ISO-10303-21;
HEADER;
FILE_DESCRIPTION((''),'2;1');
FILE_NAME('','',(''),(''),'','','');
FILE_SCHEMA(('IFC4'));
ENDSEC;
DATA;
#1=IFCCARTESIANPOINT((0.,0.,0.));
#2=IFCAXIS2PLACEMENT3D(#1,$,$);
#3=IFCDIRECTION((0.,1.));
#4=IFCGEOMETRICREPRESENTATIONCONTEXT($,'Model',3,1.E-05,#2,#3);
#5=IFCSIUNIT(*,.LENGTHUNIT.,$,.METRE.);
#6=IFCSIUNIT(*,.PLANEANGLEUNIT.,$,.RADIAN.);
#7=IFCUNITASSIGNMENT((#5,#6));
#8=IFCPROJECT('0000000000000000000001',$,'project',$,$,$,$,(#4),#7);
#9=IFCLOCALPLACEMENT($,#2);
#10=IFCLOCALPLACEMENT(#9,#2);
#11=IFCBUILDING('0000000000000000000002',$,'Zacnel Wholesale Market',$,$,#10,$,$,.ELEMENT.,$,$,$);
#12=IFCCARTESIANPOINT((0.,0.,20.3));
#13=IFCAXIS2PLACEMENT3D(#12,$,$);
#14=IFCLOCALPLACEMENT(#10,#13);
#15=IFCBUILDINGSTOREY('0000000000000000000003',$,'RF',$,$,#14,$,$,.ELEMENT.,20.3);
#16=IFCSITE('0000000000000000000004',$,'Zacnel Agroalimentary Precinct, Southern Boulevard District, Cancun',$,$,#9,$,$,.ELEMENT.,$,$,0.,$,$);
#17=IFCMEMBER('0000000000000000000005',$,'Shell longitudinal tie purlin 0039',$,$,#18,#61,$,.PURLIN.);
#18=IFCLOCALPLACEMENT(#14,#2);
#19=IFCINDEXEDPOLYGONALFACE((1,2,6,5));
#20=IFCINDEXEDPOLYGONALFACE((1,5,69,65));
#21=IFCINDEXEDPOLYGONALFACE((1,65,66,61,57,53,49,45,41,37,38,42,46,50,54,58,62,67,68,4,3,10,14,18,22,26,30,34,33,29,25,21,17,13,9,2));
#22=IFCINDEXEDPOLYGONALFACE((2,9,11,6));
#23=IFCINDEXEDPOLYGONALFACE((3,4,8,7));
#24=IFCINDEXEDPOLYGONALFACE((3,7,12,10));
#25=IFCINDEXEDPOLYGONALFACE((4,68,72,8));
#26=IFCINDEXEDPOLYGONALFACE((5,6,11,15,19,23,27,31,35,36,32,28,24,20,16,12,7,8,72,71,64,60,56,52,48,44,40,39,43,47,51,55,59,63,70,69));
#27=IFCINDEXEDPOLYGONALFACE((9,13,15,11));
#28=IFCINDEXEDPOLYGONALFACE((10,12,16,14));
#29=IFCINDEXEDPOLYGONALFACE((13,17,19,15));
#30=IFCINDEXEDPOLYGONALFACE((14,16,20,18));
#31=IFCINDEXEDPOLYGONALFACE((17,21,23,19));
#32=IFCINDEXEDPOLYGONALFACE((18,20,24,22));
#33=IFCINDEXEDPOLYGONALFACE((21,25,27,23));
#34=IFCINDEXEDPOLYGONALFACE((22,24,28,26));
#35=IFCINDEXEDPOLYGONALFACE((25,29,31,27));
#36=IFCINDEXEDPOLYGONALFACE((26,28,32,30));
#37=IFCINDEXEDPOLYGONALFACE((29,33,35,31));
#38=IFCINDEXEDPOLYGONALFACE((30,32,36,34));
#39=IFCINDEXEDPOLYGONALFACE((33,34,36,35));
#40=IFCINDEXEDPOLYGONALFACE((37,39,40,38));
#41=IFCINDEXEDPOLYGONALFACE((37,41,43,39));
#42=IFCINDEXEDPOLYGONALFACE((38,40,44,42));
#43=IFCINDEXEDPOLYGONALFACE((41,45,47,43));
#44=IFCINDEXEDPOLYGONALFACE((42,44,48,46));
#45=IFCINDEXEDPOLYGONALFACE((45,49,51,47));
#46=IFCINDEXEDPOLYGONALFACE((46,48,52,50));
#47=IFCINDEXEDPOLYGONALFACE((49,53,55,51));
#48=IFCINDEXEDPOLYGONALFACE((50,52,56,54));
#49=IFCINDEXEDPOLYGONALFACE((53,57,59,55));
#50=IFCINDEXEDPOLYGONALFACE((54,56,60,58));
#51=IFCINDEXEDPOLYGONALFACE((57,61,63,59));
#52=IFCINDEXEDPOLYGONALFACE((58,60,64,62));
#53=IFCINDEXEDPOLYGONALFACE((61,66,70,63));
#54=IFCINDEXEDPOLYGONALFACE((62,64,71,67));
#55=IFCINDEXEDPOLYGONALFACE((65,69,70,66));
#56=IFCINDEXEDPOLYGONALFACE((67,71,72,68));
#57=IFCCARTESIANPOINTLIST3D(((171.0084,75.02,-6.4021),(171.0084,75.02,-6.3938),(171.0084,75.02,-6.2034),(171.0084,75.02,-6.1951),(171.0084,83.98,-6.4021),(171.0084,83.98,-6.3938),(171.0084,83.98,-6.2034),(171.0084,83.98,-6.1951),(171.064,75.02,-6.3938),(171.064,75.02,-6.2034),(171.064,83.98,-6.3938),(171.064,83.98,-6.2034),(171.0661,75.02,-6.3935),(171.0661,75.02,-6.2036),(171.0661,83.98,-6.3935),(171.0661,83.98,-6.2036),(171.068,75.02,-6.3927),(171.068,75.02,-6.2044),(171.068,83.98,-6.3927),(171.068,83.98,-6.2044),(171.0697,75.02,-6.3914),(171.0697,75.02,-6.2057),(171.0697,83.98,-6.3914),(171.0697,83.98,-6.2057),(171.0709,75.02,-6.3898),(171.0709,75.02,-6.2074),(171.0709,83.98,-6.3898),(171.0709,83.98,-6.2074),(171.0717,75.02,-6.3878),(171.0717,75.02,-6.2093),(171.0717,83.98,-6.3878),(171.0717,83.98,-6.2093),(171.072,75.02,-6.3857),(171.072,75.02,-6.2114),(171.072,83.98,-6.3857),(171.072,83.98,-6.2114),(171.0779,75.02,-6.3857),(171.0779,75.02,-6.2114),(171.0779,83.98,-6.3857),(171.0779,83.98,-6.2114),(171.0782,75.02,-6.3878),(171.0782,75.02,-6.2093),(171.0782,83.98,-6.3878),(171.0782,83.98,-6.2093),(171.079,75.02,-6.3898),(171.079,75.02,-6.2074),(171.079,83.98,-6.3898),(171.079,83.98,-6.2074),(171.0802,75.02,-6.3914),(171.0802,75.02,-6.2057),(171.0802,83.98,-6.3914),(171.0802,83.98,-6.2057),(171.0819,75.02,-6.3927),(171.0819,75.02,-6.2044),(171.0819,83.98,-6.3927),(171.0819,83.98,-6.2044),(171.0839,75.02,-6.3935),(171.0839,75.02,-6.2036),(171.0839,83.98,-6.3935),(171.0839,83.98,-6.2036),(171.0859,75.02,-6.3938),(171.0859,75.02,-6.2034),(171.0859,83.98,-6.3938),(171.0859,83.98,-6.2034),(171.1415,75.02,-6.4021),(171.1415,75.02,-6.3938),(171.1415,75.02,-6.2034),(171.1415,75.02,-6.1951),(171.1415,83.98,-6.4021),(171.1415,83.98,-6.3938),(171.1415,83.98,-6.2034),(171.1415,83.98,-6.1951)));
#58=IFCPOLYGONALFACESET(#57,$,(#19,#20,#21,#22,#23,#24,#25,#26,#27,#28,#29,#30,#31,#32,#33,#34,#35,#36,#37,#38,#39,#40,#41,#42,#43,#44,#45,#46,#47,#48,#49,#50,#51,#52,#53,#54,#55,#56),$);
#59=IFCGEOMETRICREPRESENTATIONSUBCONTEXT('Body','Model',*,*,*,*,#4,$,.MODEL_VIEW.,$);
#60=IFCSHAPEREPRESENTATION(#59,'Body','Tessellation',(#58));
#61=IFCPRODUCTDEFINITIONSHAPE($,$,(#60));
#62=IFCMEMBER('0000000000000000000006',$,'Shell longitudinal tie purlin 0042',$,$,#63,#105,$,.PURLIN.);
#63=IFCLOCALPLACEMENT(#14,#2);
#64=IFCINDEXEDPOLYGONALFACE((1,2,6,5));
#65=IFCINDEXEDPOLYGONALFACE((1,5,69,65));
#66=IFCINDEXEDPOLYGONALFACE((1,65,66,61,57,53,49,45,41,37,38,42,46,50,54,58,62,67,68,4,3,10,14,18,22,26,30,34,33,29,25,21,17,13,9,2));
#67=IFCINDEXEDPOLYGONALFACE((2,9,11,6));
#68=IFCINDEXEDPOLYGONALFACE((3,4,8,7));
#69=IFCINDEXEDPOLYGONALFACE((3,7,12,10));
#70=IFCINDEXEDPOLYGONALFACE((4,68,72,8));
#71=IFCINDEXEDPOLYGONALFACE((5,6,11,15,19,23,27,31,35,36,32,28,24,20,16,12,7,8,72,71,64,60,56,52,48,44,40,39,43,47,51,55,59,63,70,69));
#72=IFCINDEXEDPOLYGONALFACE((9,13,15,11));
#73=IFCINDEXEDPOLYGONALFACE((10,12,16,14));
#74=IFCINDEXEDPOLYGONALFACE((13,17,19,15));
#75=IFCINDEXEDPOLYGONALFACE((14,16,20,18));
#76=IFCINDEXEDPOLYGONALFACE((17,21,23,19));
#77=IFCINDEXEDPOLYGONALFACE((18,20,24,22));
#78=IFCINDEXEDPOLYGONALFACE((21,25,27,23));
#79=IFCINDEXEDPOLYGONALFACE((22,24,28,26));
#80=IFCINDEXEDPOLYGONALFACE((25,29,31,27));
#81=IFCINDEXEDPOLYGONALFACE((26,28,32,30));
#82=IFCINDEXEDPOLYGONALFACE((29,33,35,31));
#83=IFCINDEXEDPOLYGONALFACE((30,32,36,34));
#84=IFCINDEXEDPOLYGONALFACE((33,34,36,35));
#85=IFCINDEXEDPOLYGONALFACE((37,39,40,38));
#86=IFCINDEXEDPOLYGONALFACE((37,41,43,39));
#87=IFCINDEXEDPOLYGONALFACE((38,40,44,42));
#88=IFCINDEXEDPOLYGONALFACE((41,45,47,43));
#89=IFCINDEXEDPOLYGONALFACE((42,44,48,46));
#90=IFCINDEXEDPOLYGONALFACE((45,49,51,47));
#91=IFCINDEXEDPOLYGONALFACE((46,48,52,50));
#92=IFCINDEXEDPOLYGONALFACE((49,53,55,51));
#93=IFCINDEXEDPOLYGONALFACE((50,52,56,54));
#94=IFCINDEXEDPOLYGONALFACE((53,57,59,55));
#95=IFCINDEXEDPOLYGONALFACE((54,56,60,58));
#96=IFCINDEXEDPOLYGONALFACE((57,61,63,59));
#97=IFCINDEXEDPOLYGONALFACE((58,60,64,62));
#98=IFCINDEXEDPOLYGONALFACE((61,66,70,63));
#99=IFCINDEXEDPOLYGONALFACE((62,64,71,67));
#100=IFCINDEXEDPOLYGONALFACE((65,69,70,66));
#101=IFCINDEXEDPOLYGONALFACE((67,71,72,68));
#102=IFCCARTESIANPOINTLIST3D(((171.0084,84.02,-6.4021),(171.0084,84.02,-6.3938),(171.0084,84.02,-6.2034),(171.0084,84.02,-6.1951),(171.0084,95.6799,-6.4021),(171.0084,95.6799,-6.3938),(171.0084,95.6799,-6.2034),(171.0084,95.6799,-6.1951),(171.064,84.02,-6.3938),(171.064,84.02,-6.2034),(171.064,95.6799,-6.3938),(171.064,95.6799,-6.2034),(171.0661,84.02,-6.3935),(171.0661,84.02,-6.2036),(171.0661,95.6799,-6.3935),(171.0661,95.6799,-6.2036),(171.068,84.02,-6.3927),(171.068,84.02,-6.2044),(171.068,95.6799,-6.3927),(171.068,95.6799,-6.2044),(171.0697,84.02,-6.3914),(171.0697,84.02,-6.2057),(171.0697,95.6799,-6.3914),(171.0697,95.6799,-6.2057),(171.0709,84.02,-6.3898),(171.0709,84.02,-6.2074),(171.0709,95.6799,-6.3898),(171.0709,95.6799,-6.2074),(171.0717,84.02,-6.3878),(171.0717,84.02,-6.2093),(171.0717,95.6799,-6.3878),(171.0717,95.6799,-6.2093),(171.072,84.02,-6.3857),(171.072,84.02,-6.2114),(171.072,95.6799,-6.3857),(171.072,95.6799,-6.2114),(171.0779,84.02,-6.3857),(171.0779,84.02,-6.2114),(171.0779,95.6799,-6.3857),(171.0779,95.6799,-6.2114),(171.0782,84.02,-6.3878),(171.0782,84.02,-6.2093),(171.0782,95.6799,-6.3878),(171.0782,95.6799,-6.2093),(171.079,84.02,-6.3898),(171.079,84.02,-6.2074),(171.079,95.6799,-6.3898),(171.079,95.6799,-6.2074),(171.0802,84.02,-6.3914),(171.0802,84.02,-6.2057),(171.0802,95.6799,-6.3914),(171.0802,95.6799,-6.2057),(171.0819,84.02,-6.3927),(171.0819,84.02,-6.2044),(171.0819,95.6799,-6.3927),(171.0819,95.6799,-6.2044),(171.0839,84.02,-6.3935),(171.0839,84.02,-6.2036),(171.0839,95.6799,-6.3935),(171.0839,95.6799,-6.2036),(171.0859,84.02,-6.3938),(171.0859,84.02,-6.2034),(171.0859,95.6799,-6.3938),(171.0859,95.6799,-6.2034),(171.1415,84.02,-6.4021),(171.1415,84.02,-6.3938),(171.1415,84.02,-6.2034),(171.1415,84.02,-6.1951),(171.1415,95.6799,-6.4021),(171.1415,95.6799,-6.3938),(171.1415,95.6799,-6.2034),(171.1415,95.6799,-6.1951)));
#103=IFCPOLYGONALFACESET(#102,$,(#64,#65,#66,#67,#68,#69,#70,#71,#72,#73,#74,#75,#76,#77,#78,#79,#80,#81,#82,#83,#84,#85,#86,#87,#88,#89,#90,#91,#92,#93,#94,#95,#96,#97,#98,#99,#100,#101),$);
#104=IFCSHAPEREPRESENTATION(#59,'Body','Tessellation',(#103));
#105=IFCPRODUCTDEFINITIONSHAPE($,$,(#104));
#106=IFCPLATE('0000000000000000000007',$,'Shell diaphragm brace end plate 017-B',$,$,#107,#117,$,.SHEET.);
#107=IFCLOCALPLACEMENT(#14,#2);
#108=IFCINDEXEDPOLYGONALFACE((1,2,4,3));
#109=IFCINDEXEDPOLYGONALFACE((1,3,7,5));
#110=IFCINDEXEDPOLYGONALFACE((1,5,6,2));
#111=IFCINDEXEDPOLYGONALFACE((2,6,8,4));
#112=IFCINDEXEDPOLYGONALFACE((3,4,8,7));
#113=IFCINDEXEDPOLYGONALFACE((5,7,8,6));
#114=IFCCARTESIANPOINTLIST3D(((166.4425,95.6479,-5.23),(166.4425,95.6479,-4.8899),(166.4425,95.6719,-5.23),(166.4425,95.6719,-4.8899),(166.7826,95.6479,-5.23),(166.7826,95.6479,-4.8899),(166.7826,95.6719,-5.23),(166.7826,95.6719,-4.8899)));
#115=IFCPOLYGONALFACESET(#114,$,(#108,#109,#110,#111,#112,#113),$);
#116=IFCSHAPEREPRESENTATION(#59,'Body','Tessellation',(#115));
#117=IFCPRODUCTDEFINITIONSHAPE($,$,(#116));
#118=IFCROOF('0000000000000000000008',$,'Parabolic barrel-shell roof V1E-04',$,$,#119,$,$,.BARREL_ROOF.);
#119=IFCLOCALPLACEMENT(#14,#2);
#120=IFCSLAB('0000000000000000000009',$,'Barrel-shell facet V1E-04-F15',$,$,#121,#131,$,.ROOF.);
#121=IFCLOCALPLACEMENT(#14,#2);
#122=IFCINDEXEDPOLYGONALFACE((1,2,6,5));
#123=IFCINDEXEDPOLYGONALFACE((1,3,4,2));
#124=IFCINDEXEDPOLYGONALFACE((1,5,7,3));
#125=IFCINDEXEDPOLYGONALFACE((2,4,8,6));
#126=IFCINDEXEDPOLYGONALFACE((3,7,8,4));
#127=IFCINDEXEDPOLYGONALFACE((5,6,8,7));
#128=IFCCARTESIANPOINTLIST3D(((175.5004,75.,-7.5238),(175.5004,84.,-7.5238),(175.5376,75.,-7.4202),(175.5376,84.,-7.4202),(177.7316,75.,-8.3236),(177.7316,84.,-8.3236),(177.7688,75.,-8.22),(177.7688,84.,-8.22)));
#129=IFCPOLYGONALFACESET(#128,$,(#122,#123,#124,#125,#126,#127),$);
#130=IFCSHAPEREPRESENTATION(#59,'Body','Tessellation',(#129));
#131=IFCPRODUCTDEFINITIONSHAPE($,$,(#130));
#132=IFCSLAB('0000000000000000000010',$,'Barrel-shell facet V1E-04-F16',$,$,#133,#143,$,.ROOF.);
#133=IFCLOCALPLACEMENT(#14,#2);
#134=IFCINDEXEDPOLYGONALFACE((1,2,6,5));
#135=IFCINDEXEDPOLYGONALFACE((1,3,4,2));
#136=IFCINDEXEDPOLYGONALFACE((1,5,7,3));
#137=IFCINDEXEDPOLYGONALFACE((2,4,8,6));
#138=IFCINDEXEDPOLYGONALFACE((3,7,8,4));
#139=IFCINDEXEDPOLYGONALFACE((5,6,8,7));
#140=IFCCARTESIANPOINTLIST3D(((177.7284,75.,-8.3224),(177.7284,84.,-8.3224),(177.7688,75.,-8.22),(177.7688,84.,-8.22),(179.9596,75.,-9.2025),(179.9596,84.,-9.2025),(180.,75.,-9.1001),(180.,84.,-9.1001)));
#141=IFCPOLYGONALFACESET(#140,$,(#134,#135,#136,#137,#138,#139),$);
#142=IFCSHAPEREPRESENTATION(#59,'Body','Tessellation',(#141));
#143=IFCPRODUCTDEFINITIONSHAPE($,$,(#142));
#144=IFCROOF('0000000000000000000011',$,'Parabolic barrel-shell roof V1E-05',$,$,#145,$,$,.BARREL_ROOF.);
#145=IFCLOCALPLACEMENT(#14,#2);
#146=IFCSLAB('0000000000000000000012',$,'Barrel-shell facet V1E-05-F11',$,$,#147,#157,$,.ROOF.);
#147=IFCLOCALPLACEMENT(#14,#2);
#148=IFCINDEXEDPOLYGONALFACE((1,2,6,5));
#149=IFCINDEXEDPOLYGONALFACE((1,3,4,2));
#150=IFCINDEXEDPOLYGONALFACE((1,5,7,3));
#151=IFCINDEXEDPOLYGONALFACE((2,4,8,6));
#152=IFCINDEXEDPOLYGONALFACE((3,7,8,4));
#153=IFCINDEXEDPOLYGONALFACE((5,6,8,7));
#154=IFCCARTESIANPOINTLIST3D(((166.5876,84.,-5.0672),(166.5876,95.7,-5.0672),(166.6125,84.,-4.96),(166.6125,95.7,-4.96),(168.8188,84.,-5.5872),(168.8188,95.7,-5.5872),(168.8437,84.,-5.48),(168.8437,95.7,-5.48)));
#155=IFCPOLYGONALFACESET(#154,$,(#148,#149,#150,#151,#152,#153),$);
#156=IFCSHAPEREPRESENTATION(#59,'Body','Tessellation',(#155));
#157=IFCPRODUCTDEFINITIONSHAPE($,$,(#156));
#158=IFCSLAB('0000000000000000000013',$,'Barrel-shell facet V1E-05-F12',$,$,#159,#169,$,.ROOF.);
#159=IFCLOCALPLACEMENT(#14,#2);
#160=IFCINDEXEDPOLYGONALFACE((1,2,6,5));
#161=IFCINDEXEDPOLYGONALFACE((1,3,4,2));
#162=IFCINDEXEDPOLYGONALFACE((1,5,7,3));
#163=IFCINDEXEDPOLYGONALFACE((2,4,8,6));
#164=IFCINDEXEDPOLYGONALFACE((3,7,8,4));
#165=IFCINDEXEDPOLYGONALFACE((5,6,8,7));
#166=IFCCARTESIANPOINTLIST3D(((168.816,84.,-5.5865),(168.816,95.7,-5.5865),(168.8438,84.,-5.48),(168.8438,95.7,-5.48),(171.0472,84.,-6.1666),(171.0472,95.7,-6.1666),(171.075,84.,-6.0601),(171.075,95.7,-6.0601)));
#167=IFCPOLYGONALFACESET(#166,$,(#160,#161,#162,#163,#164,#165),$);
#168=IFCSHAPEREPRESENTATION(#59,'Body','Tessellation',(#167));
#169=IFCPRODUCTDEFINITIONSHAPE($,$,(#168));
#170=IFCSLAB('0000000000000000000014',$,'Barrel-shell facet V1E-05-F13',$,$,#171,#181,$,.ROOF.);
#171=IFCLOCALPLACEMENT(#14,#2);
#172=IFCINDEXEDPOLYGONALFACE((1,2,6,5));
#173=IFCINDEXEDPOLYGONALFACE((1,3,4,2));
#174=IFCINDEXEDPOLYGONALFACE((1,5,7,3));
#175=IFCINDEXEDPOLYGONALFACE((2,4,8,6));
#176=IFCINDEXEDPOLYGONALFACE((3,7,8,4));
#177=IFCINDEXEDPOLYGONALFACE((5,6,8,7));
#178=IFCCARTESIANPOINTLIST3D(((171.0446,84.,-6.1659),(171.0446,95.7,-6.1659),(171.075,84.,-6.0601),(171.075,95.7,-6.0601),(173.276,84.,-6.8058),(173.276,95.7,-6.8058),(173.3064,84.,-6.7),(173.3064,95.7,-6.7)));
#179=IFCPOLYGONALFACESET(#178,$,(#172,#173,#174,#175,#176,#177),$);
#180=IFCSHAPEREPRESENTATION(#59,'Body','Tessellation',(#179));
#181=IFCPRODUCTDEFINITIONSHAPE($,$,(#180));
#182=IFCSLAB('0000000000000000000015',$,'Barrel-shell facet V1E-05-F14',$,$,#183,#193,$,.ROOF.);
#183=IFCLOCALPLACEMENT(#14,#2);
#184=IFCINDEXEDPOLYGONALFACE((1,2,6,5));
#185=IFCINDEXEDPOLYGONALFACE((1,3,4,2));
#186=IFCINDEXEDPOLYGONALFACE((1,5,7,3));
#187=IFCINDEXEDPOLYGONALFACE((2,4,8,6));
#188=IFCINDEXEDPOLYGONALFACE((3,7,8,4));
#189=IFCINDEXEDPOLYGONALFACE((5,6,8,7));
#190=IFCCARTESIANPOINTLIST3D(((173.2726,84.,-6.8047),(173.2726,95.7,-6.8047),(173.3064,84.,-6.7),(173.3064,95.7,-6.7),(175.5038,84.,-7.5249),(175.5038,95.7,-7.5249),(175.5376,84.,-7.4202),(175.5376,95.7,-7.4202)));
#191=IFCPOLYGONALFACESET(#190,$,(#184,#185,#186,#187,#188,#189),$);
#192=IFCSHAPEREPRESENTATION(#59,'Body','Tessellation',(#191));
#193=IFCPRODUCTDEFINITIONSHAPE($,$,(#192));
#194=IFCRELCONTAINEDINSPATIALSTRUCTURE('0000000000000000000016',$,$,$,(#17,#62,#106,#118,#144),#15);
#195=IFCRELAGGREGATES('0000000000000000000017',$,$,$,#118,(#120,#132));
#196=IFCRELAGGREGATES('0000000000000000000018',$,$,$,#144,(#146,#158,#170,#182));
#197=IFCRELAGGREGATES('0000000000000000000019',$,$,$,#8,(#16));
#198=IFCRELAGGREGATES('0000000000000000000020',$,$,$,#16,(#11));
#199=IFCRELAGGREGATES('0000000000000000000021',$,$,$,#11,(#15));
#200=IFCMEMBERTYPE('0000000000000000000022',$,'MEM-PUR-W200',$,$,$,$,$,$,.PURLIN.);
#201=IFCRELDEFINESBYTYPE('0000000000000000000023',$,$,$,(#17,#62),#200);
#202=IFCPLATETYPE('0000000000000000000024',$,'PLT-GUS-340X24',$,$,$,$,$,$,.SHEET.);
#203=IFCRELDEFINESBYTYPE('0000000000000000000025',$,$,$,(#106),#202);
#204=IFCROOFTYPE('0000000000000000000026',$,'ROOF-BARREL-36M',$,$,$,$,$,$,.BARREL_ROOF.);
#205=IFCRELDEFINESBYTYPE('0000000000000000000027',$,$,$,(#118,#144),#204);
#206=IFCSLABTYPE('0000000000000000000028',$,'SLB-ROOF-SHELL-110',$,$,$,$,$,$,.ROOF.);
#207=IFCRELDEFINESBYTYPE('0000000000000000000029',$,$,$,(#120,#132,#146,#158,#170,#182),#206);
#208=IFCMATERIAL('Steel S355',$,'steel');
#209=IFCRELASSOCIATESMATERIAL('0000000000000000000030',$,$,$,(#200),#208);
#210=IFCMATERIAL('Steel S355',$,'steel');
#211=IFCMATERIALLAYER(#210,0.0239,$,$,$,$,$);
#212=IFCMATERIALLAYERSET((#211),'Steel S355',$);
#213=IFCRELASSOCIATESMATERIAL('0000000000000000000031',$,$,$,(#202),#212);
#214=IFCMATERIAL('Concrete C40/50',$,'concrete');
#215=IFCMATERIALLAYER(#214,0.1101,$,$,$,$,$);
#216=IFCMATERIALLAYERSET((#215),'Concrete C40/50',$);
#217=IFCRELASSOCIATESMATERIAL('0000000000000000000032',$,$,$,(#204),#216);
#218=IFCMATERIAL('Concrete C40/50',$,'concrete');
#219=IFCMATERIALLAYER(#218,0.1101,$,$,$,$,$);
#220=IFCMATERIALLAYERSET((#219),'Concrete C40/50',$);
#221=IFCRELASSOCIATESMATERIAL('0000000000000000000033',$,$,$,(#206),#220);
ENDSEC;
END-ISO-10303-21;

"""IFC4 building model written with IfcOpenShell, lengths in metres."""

from ifc_helpers import new_model, si_unit, direction, frame, origin, origin_2d, place, context, subcontext, project, spatial, polyline, rectangle, i_section, outline, extrude, material, layer, layer_set, material_profile, profile_set, type_object, element, aggregate, save


model = new_model("IFC4")

# Units and contexts
model_context = context("Model", 3, precision=1e-05, world=origin(), true_north=direction((0.0, 1.0)))
body_context = subcontext(model_context, "Body", "Model", "MODEL_VIEW")
ifc_project = project(units=[si_unit("LENGTHUNIT", "METRE"), si_unit("PLANEANGLEUNIT", "RADIAN")], contexts=[model_context])

# Site, building, storey
site_placement = place(None, origin())
site = spatial("IfcSite", under=ifc_project, at=site_placement, Name="Zacnel Agroalimentary Precinct, Southern Boulevard District, Cancun", CompositionType="ELEMENT", RefElevation=0.0)
building_placement = place(site_placement, origin())
building = spatial("IfcBuilding", under=site, at=building_placement, Name="Zacnel Wholesale Market", CompositionType="ELEMENT")
storey_placement = place(building_placement, frame((0.0, 0.0, 20.3)))
storey = spatial("IfcBuildingStorey", under=building, at=storey_placement, Name="RF", CompositionType="ELEMENT", Elevation=20.3)

# Members
ifc_material_1 = material(Name="Steel S355", Category="steel")
ifc_material_profile_1 = material_profile(ifc_material_1, i_section(OverallWidth=0.1331, OverallDepth=0.207, WebThickness=0.0059, FlangeThickness=0.0083, FilletRadius=0.0081, at=origin_2d()), Name="W200X26.6")
ifc_profile_set_1 = profile_set([ifc_material_profile_1], Name="Steel S355")
member_type = type_object("IfcMemberType", Name="MEM-PUR-W200", PredefinedType="PURLIN", material=ifc_profile_set_1)
member_1_placement = place(storey_placement, frame((171.075, 75.02, -6.2986), z_axis=(0.0, 1.0, 0.0), x_axis=(-1.0, 0.0, 0.0)))
element("IfcMember", 1, at=member_1_placement, inside=storey, type_object=member_type, Name="Shell longitudinal tie purlin 0039", PredefinedType="PURLIN", context=body_context, shape_type="SweptSolid", body=[
    extrude(i_section(OverallWidth=0.1331, OverallDepth=0.207, WebThickness=0.0059, FlangeThickness=0.0083, FilletRadius=0.0081, at=origin_2d()), origin(), (0.0, 0.0, 1.0), 8.96),
])
member_2_placement = place(storey_placement, frame((171.075, 84.02, -6.2986), z_axis=(0.0, 1.0, 0.0), x_axis=(-1.0, 0.0, 0.0)))
element("IfcMember", 2, at=member_2_placement, inside=storey, type_object=member_type, Name="Shell longitudinal tie purlin 0042", PredefinedType="PURLIN", context=body_context, shape_type="SweptSolid", body=[
    extrude(i_section(OverallWidth=0.1331, OverallDepth=0.207, WebThickness=0.0059, FlangeThickness=0.0083, FilletRadius=0.0081, at=origin_2d()), origin(), (0.0, 0.0, 1.0), 11.6599),
])

# Plate
ifc_material_2 = material(Name="Steel S355", Category="steel")
ifc_layer_1 = layer(ifc_material_2, 0.0239)
ifc_layer_set_1 = layer_set([ifc_layer_1], Name="Steel S355")
plate_type = type_object("IfcPlateType", Name="PLT-GUS-340X24", PredefinedType="SHEET", material=ifc_layer_set_1)
plate_placement = place(storey_placement, frame((166.6125, 95.6599, -5.23), z_axis=(0.0, 0.0, 1.0), x_axis=(1.0, 0.0, 0.0)))
element("IfcPlate", 3, at=plate_placement, inside=storey, type_object=plate_type, Name="Shell diaphragm brace end plate 017-B", PredefinedType="SHEET", context=body_context, shape_type="SweptSolid", body=[
    extrude(rectangle(XDim=0.3401, YDim=0.0239, at=origin_2d()), origin(), (0.0, 0.0, 1.0), 0.3401),
])

# Roofs, slabs
ifc_material_3 = material(Name="Concrete C40/50", Category="concrete")
ifc_layer_2 = layer(ifc_material_3, 0.1101)
ifc_layer_set_2 = layer_set([ifc_layer_2], Name="Concrete C40/50")
roof_type = type_object("IfcRoofType", Name="ROOF-BARREL-36M", PredefinedType="BARREL_ROOF", material=ifc_layer_set_2)
roof_1_placement = place(storey_placement, origin())
roof_1 = element("IfcRoof", 4, at=roof_1_placement, inside=storey, type_object=roof_type, Name="Parabolic barrel-shell roof V1E-04", PredefinedType="BARREL_ROOF")
ifc_material_4 = material(Name="Concrete C40/50", Category="concrete")
ifc_layer_3 = layer(ifc_material_4, 0.1101)
ifc_layer_set_3 = layer_set([ifc_layer_3], Name="Concrete C40/50")
slab_type = type_object("IfcSlabType", Name="SLB-ROOF-SHELL-110", PredefinedType="ROOF", material=ifc_layer_set_3)
slab_1_placement = place(storey_placement, frame((175.5376, 75.0, -7.4202), z_axis=(0.337439, 0.0, 0.941347), x_axis=(0.0, 1.0, 0.0)))
slab_1 = element("IfcSlab", 5, at=slab_1_placement, type_object=slab_type, Name="Barrel-shell facet V1E-04-F15", PredefinedType="ROOF", context=body_context, shape_type="SweptSolid", body=[
    extrude(outline(polyline([(0.0, 0.0), (9.0, 0.0), (9.0, -2.3702), (0.0, -2.3702), (0.0, 0.0)])), origin(), (0.0, 0.0, -1.0), 0.1101),
])
slab_2_placement = place(storey_placement, frame((177.7688, 75.0, -8.22), z_axis=(0.366946, 0.0, 0.930242), x_axis=(0.0, 1.0, 0.0)))
slab_2 = element("IfcSlab", 6, at=slab_2_placement, type_object=slab_type, Name="Barrel-shell facet V1E-04-F16", PredefinedType="ROOF", context=body_context, shape_type="SweptSolid", body=[
    extrude(outline(polyline([(0.0, 0.0), (9.0, 0.0), (9.0, -2.3985), (0.0, -2.3985), (0.0, 0.0)])), origin(), (0.0, 0.0, -1.0), 0.1101),
])
aggregate(roof_1, [slab_1, slab_2])
roof_2_placement = place(storey_placement, origin())
roof_2 = element("IfcRoof", 7, at=roof_2_placement, inside=storey, type_object=roof_type, Name="Parabolic barrel-shell roof V1E-05", PredefinedType="BARREL_ROOF")
slab_3_placement = place(storey_placement, frame((166.6125, 84.0, -4.96), z_axis=(0.226984, 0.0, 0.973899), x_axis=(0.0, 1.0, 0.0)))
slab_3 = element("IfcSlab", 8, at=slab_3_placement, type_object=slab_type, Name="Barrel-shell facet V1E-05-F11", PredefinedType="ROOF", context=body_context, shape_type="SweptSolid", body=[
    extrude(outline(polyline([(0.0, 0.0), (11.7, 0.0), (11.7, -2.291), (0.0, -2.291), (0.0, 0.0)])), origin(), (0.0, 0.0, -1.0), 0.1101),
])
slab_4_placement = place(storey_placement, frame((168.8438, 84.0, -5.48), z_axis=(0.25162, 0.0, 0.967826), x_axis=(0.0, 1.0, 0.0)))
slab_4 = element("IfcSlab", 9, at=slab_4_placement, type_object=slab_type, Name="Barrel-shell facet V1E-05-F12", PredefinedType="ROOF", context=body_context, shape_type="SweptSolid", body=[
    extrude(outline(polyline([(0.0, 0.0), (11.7, 0.0), (11.7, -2.3054), (0.0, -2.3054), (0.0, 0.0)])), origin(), (0.0, 0.0, -1.0), 0.1101),
])
slab_5_placement = place(storey_placement, frame((171.075, 84.0, -6.0601), z_axis=(0.275652, 0.0, 0.961258), x_axis=(0.0, 1.0, 0.0)))
slab_5 = element("IfcSlab", 10, at=slab_5_placement, type_object=slab_type, Name="Barrel-shell facet V1E-05-F13", PredefinedType="ROOF", context=body_context, shape_type="SweptSolid", body=[
    extrude(outline(polyline([(0.0, 0.0), (11.7, 0.0), (11.7, -2.3214), (0.0, -2.3214), (0.0, 0.0)])), origin(), (0.0, 0.0, -1.0), 0.1101),
])
slab_6_placement = place(storey_placement, frame((173.3064, 84.0, -6.7), z_axis=(0.307185, 0.0, 0.95165), x_axis=(0.0, 1.0, 0.0)))
slab_6 = element("IfcSlab", 11, at=slab_6_placement, type_object=slab_type, Name="Barrel-shell facet V1E-05-F14", PredefinedType="ROOF", context=body_context, shape_type="SweptSolid", body=[
    extrude(outline(polyline([(0.0, 0.0), (11.7, 0.0), (11.7, -2.3446), (0.0, -2.3446), (0.0, 0.0)])), origin(), (0.0, 0.0, -1.0), 0.1101),
])
aggregate(roof_2, [slab_3, slab_4, slab_5, slab_6])

save(model, "model.ifc")
